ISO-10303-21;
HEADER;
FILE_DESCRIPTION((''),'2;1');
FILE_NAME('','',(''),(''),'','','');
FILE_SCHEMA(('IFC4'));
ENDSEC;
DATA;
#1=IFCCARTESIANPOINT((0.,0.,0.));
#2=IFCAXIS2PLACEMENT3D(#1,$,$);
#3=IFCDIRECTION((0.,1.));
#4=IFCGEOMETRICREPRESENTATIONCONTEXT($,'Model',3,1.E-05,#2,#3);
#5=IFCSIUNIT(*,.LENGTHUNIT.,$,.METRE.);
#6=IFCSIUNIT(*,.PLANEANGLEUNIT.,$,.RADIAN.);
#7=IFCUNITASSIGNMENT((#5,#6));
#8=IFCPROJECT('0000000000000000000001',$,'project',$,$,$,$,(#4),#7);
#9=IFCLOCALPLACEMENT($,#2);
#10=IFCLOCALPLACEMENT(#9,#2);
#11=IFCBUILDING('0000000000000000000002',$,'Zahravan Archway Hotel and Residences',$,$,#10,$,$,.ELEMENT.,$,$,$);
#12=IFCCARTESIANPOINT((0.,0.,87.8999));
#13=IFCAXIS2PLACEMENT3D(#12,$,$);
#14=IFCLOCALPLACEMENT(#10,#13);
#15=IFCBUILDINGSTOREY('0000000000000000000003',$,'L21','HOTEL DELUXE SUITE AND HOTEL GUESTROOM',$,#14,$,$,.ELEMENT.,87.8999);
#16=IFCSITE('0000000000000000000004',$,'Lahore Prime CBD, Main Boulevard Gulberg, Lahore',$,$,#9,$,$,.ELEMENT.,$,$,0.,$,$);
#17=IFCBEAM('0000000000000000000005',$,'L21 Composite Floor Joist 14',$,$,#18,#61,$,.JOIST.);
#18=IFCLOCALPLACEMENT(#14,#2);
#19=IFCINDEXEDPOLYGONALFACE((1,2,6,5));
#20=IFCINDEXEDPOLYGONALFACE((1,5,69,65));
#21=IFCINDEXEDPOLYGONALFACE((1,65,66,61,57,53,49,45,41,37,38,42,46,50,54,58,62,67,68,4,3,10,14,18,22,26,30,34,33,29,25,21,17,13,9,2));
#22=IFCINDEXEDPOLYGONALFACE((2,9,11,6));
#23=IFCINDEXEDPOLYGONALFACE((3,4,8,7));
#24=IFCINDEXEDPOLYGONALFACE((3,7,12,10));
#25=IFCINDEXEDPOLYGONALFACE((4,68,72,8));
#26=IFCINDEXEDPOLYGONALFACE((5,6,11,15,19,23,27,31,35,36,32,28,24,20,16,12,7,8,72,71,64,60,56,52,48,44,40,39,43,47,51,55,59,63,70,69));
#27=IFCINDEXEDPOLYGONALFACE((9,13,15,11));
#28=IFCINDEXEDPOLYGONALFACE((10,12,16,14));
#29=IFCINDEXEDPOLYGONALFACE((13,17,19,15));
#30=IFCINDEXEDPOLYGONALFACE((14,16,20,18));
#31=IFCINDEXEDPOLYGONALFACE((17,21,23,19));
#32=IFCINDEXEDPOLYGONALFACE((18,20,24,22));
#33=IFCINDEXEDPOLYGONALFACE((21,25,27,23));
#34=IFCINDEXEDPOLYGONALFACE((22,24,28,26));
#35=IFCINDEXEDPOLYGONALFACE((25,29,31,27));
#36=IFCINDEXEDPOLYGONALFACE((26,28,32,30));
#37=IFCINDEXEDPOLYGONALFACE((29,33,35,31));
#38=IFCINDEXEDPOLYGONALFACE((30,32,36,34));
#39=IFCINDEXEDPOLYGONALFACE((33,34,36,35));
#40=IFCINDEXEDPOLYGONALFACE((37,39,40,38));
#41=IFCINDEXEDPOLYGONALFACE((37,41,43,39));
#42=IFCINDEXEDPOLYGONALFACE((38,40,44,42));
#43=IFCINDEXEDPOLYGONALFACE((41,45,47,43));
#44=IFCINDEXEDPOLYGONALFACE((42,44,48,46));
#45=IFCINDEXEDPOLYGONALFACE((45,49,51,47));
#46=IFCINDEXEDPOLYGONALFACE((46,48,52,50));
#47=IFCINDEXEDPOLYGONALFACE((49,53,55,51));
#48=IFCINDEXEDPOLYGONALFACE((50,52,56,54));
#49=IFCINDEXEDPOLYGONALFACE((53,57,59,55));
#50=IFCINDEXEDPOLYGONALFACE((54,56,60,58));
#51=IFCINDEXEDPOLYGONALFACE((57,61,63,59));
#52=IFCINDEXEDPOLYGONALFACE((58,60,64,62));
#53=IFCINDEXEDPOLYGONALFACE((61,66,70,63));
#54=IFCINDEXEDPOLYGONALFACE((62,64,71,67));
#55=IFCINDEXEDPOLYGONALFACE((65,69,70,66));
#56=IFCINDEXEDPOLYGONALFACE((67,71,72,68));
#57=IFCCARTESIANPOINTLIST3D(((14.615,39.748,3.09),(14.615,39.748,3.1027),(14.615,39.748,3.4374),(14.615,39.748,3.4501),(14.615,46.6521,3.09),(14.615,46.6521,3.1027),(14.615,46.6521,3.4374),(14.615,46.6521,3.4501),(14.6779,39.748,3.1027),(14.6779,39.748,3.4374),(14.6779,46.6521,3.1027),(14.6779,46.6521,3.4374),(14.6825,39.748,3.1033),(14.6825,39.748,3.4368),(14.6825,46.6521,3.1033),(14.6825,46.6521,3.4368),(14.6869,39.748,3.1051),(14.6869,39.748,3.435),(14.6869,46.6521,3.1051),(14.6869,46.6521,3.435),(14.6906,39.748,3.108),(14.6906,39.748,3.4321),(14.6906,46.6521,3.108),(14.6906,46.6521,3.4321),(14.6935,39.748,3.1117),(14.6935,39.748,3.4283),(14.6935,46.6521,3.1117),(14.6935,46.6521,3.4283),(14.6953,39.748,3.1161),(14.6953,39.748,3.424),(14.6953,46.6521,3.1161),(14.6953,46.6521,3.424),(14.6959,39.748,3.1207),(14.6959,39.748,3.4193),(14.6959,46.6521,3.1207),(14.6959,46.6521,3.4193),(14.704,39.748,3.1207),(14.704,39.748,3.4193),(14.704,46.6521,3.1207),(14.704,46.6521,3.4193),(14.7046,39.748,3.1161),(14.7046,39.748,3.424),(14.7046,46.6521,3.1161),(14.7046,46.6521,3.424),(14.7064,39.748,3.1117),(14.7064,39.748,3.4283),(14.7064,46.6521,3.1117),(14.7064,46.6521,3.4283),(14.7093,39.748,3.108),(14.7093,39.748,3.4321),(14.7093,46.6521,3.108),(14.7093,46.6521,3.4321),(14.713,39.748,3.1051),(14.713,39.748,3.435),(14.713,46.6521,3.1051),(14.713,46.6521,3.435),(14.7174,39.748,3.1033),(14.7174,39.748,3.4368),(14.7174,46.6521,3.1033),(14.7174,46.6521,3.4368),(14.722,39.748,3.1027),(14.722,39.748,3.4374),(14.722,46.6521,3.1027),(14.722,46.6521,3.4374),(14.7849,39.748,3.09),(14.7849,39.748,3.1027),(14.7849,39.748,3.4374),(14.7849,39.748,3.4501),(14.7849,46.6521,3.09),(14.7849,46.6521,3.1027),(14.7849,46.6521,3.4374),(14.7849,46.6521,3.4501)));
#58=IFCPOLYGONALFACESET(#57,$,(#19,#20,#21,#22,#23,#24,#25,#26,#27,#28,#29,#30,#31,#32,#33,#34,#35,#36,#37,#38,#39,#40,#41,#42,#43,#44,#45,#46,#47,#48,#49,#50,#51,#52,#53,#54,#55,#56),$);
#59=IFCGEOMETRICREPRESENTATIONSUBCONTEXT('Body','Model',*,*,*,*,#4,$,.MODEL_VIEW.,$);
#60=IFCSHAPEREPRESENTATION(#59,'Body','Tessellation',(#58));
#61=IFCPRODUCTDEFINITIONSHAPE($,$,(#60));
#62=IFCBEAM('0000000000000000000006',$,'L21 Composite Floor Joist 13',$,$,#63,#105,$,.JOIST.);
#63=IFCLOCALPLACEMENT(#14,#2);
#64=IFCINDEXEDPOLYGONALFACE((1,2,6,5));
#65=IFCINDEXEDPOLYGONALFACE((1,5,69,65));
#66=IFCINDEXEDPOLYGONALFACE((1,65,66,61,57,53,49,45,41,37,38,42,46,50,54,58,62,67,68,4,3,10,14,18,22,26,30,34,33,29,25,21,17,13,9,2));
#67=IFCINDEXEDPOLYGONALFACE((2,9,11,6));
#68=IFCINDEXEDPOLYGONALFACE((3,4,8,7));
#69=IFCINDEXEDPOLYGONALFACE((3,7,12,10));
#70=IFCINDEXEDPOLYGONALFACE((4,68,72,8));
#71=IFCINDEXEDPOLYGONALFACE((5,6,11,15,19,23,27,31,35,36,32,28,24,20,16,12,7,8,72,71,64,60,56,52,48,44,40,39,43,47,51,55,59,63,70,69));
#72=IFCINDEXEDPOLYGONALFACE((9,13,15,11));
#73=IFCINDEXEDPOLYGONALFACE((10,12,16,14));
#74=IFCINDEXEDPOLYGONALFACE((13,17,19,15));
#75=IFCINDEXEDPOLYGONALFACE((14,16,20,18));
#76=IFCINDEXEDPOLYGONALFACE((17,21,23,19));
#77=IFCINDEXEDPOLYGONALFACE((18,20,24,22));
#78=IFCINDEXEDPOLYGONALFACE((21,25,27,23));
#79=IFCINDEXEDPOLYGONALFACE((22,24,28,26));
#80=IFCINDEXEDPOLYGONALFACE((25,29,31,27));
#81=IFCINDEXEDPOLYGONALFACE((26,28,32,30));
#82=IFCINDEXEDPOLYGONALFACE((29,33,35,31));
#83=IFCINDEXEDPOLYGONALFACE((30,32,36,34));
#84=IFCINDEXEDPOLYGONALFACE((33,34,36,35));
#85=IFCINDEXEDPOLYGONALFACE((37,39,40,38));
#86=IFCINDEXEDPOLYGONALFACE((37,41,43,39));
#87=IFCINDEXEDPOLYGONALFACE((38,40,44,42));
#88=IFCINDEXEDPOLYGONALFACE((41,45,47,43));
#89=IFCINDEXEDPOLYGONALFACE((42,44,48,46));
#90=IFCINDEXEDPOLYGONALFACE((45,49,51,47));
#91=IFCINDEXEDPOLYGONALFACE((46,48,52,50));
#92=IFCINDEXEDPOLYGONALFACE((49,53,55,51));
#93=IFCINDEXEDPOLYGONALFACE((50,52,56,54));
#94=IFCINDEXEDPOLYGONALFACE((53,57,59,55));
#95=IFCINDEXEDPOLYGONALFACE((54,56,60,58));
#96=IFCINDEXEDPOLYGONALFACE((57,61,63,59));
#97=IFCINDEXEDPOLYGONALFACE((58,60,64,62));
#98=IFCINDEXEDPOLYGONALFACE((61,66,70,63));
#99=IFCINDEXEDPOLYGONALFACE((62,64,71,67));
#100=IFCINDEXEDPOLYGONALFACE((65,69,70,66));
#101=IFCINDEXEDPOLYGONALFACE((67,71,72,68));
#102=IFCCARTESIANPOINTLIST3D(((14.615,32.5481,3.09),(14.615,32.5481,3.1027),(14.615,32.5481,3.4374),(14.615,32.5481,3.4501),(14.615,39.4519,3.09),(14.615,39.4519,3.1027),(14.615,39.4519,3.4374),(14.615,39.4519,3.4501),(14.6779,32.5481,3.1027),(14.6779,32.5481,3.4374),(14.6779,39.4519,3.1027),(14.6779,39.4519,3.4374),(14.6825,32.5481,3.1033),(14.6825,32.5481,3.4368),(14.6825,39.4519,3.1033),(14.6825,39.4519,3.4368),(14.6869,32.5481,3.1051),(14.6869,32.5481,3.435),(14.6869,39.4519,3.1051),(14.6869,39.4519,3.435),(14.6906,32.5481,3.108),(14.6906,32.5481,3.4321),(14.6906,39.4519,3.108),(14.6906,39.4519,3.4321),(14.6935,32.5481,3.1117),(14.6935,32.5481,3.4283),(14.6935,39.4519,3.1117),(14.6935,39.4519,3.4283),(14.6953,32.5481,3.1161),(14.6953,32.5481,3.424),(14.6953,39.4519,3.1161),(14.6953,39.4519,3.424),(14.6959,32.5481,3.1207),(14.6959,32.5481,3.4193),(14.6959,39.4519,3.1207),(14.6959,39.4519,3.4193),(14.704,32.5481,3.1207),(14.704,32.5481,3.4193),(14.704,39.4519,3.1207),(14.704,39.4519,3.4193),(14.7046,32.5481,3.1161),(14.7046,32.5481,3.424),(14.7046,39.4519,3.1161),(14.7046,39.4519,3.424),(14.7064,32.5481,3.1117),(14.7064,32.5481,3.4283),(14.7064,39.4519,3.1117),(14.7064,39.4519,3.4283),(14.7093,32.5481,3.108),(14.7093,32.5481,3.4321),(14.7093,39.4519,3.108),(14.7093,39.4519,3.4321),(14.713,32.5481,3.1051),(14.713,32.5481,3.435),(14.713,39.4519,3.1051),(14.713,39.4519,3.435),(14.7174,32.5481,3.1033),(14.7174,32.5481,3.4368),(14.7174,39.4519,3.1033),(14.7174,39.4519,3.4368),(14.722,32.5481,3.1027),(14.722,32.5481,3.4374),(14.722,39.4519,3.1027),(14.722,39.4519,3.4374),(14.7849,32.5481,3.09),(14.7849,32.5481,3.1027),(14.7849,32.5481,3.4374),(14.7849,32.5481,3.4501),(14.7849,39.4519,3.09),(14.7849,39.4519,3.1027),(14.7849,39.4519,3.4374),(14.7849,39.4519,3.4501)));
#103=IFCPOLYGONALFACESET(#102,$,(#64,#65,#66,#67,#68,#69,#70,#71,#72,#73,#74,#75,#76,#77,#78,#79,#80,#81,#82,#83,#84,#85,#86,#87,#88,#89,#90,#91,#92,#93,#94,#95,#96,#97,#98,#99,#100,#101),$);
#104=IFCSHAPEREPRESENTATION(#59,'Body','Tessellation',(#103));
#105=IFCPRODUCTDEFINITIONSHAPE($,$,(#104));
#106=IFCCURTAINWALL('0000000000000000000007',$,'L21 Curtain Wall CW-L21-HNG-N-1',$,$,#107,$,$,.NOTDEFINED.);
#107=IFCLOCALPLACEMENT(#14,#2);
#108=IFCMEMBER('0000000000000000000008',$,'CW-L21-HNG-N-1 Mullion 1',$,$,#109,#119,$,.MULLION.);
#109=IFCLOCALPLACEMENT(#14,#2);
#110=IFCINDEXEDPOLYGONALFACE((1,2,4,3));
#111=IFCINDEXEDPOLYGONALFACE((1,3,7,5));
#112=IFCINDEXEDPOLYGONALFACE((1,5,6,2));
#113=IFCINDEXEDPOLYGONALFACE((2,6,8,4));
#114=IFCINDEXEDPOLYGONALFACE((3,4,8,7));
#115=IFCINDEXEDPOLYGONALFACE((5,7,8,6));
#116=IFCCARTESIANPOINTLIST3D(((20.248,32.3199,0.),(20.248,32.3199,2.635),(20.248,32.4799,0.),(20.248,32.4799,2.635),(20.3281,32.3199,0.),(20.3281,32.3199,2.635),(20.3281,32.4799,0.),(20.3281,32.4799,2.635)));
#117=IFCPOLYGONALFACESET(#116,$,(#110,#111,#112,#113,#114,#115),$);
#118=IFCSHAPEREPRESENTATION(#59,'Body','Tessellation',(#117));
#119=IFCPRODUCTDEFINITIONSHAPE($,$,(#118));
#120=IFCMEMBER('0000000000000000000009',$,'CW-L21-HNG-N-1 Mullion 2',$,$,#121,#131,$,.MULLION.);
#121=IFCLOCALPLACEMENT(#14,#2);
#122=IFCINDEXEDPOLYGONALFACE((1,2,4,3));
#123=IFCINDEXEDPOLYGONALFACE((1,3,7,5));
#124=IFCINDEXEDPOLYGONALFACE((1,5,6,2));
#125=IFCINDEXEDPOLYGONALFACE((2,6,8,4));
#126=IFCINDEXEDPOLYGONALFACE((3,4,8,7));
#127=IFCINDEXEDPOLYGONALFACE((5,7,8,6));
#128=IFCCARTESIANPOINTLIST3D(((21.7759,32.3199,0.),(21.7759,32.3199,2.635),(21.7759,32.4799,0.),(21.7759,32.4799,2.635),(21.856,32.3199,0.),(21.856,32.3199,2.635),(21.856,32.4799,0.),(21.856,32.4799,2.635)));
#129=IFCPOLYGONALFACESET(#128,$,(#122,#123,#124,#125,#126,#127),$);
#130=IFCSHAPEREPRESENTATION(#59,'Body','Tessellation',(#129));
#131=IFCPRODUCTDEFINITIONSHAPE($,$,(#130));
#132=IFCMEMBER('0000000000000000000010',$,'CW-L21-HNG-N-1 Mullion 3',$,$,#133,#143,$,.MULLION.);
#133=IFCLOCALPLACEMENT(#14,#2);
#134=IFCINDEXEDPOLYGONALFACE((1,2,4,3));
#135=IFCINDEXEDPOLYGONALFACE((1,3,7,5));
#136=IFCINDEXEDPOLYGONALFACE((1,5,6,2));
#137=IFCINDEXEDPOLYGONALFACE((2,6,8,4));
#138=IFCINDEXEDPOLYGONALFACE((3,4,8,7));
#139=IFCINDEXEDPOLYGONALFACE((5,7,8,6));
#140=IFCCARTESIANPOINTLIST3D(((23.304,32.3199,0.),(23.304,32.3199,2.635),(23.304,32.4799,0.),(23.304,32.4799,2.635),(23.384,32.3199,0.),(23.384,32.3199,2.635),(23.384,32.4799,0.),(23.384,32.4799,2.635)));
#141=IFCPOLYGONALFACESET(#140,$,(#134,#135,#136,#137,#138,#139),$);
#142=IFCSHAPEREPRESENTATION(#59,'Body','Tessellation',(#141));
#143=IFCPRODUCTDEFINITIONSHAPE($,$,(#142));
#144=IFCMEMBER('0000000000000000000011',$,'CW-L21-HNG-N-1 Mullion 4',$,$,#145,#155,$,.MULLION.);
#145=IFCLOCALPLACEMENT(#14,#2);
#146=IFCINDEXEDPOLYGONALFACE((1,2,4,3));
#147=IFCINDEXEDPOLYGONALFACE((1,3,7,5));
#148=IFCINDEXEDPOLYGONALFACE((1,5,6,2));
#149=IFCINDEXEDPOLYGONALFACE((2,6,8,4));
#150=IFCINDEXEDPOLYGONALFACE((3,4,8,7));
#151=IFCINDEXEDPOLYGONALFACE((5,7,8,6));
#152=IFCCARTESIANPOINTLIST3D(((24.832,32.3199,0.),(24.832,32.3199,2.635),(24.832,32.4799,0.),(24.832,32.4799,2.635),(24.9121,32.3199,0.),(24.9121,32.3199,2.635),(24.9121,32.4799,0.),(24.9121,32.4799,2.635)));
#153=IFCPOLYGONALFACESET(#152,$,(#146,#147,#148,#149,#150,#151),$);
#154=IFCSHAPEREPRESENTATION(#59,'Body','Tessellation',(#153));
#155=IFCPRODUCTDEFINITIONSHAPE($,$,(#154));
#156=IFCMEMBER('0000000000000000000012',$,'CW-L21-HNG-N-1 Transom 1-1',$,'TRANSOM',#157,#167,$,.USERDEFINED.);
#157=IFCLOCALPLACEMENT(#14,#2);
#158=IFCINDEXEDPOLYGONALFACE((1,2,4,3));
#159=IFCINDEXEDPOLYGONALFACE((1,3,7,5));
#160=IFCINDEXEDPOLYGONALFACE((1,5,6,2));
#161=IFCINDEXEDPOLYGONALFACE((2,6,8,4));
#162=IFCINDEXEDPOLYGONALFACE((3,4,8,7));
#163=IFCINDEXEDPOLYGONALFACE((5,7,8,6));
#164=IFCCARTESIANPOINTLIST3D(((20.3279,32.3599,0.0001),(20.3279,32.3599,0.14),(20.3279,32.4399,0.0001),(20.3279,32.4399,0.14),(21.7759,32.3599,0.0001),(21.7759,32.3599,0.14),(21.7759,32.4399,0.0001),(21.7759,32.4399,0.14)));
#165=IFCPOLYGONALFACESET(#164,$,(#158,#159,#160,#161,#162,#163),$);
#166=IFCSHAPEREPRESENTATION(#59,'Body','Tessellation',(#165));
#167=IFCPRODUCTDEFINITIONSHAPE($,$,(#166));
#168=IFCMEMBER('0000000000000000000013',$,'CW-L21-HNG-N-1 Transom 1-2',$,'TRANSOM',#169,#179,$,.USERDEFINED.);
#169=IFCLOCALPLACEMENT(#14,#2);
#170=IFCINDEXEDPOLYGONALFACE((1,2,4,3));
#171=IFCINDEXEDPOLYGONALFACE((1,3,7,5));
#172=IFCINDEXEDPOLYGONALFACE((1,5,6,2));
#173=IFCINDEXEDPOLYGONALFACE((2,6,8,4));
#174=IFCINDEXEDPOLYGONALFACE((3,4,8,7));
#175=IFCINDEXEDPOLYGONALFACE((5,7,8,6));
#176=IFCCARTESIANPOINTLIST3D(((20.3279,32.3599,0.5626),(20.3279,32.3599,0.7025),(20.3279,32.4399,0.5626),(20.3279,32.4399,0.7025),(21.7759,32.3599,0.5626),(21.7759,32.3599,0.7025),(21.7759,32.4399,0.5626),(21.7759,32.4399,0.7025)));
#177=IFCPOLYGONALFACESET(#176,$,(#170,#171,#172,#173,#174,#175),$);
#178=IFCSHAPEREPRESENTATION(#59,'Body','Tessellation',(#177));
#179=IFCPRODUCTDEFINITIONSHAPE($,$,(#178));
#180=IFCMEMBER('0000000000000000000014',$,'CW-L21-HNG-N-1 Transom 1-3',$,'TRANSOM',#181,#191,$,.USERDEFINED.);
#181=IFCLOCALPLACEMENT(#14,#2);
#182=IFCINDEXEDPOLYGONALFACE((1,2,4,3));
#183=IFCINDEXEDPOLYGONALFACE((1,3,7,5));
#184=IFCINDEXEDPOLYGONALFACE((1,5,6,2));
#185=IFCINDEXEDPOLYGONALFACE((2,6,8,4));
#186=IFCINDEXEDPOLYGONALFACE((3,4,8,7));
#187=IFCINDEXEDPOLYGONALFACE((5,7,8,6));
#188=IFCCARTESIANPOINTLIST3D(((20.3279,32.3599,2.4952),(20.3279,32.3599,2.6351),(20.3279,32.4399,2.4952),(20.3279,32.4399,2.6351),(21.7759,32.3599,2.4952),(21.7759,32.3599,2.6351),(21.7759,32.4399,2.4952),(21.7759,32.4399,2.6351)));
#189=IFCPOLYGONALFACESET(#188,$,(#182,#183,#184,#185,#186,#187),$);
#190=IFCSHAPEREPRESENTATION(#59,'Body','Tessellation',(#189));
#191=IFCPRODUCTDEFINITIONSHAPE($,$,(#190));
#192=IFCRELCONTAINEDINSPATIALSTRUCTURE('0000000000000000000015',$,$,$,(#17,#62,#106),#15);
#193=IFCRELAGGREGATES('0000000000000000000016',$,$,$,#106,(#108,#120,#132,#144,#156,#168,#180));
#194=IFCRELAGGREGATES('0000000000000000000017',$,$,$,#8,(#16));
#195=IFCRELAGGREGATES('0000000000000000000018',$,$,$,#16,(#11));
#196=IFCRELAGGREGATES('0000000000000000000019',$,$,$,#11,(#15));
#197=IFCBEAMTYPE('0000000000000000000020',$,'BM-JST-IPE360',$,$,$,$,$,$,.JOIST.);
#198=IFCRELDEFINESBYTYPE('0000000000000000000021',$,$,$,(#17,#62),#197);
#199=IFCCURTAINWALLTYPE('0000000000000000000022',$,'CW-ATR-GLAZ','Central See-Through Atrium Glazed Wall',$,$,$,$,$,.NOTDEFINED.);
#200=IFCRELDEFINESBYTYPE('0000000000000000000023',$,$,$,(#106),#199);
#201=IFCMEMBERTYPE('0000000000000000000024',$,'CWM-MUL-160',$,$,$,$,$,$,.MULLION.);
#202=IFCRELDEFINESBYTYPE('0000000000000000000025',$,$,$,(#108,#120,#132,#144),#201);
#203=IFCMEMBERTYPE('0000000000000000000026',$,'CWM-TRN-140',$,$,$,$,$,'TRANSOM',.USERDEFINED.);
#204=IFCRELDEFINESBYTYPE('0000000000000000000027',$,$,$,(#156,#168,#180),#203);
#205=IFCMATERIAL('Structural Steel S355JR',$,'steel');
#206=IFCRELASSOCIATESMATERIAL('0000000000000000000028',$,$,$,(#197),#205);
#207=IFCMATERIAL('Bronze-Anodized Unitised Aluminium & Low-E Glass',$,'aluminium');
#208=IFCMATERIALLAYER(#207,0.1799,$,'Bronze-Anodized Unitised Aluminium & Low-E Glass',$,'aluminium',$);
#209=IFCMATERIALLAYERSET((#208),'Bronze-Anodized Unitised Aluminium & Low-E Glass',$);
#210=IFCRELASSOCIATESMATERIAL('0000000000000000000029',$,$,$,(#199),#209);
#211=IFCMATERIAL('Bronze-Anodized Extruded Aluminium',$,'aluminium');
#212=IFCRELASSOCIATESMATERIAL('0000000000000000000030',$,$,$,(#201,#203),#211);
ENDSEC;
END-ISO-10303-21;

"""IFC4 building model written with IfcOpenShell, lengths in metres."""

from ifc_helpers import new_model, si_unit, direction, frame, origin, origin_2d, place, context, subcontext, project, spatial, rectangle, i_section, extrude, source, transform, mapped, material, layer, layer_set, material_profile, profile_set, type_object, type_shapes, element, aggregate, save


model = new_model("IFC4")

# Units and contexts
model_context = context("Model", 3, precision=1e-05, world=origin(), true_north=direction((0.0, 1.0)))
body_context = subcontext(model_context, "Body", "Model", "MODEL_VIEW")
ifc_project = project(units=[si_unit("LENGTHUNIT", "METRE"), si_unit("PLANEANGLEUNIT", "RADIAN")], contexts=[model_context])

# Site, building, storey
site_placement = place(None, origin())
site = spatial("IfcSite", under=ifc_project, at=site_placement, Name="Lahore Prime CBD, Main Boulevard Gulberg, Lahore", CompositionType="ELEMENT", RefElevation=0.0)
building_placement = place(site_placement, origin())
building = spatial("IfcBuilding", under=site, at=building_placement, Name="Zahravan Archway Hotel and Residences", CompositionType="ELEMENT")
storey_placement = place(building_placement, frame((0.0, 0.0, 87.8999)))
storey = spatial("IfcBuildingStorey", under=building, at=storey_placement, Name="L21", Description="HOTEL DELUXE SUITE AND HOTEL GUESTROOM", CompositionType="ELEMENT", Elevation=87.8999)

# Beams
ifc_material_1 = material(Name="Structural Steel S355JR", Category="steel")
ifc_material_profile_1 = material_profile(ifc_material_1, i_section(OverallWidth=0.1699, OverallDepth=0.3601, WebThickness=0.0081, FlangeThickness=0.0127, FilletRadius=0.0181, at=origin_2d()), Name="IPE 360", Category="steel")
ifc_profile_set_1 = profile_set([ifc_material_profile_1], Name="Structural Steel S355JR")
beam_type_1 = type_object("IfcBeamType", Name="BM-JST-IPE360", PredefinedType="JOIST", material=ifc_profile_set_1)
shared_shape_1 = source(origin(), body_context, "Body", "SweptSolid", [
    extrude(i_section(OverallWidth=0.1699, OverallDepth=0.3601, WebThickness=0.0081, FlangeThickness=0.0127, FilletRadius=0.0181, at=origin_2d()), origin(), (0.0, 0.0, 1.0), 6.9041),
])
type_shapes(beam_type_1, [shared_shape_1])
beam_1_placement = place(storey_placement, frame((14.7, 39.748, 3.27), z_axis=(0.0, 1.0, 0.0), x_axis=(-1.0, 0.0, 0.0)))
element("IfcBeam", 1, at=beam_1_placement, inside=storey, type_object=beam_type_1, Name="L21 Composite Floor Joist 14", PredefinedType="JOIST", context=body_context, shape_type="MappedRepresentation", body=[
    mapped(shared_shape_1, transform((0.0, 0.0, 0.0), scale=1.0)),
])
shared_shape_2 = source(origin(), body_context, "Body", "SweptSolid", [
    extrude(i_section(OverallWidth=0.1699, OverallDepth=0.3601, WebThickness=0.0081, FlangeThickness=0.0127, FilletRadius=0.0181, at=origin_2d()), origin(), (0.0, 0.0, 1.0), 6.9038),
])
beam_2_placement = place(storey_placement, frame((14.7, 32.5481, 3.27), z_axis=(0.0, 1.0, 0.0), x_axis=(-1.0, 0.0, 0.0)))
element("IfcBeam", 2, at=beam_2_placement, inside=storey, type_object=beam_type_1, Name="L21 Composite Floor Joist 13", PredefinedType="JOIST", context=body_context, shape_type="MappedRepresentation", body=[
    mapped(shared_shape_2, transform((0.0, 0.0, 0.0), scale=1.0)),
])

# Curtain wall, members
ifc_material_2 = material(Name="Bronze-Anodized Unitised Aluminium & Low-E Glass", Category="aluminium")
ifc_layer_1 = layer(ifc_material_2, 0.1799, Name="Bronze-Anodized Unitised Aluminium & Low-E Glass", Category="aluminium")
ifc_layer_set_1 = layer_set([ifc_layer_1], Name="Bronze-Anodized Unitised Aluminium & Low-E Glass")
curtain_wall_type = type_object("IfcCurtainWallType", Name="CW-ATR-GLAZ", Description="Central See-Through Atrium Glazed Wall", PredefinedType="NOTDEFINED", material=ifc_layer_set_1)
curtain_wall_placement = place(storey_placement, origin())
curtain_wall = element("IfcCurtainWall", 3, at=curtain_wall_placement, inside=storey, type_object=curtain_wall_type, Name="L21 Curtain Wall CW-L21-HNG-N-1", PredefinedType="NOTDEFINED")
ifc_material_3 = material(Name="Bronze-Anodized Extruded Aluminium", Category="aluminium")
ifc_material_profile_2 = material_profile(ifc_material_3, rectangle(XDim=0.0801, YDim=0.1599, at=origin_2d()), Name="MUL 80x160", Category="aluminium")
ifc_profile_set_2 = profile_set([ifc_material_profile_2], Name="Bronze-Anodized Extruded Aluminium")
member_type_1 = type_object("IfcMemberType", Name="CWM-MUL-160", PredefinedType="MULLION", material=ifc_profile_set_2)
shared_shape_3 = source(origin(), body_context, "Body", "SweptSolid", [
    extrude(rectangle(XDim=0.0801, YDim=0.1599, at=origin_2d()), origin(), (0.0, 0.0, 1.0), 2.635),
])
member_1_placement = place(storey_placement, frame((20.2881, 32.3999, 0.0), z_axis=(0.0, 0.0, 1.0), x_axis=(1.0, 0.0, 0.0)))
member_1 = element("IfcMember", 4, at=member_1_placement, type_object=member_type_1, Name="CW-L21-HNG-N-1 Mullion 1", PredefinedType="MULLION", context=body_context, shape_type="MappedRepresentation", body=[
    mapped(shared_shape_3, transform((0.0, 0.0, 0.0), scale=1.0)),
])
member_2_placement = place(storey_placement, frame((21.8159, 32.3999, 0.0), z_axis=(0.0, 0.0, 1.0), x_axis=(1.0, 0.0, 0.0)))
member_2 = element("IfcMember", 5, at=member_2_placement, type_object=member_type_1, Name="CW-L21-HNG-N-1 Mullion 2", PredefinedType="MULLION", context=body_context, shape_type="MappedRepresentation", body=[
    mapped(shared_shape_3, transform((0.0, 0.0, 0.0), scale=1.0)),
])
member_3_placement = place(storey_placement, frame((23.344, 32.3999, 0.0), z_axis=(0.0, 0.0, 1.0), x_axis=(1.0, 0.0, 0.0)))
member_3 = element("IfcMember", 6, at=member_3_placement, type_object=member_type_1, Name="CW-L21-HNG-N-1 Mullion 3", PredefinedType="MULLION", context=body_context, shape_type="MappedRepresentation", body=[
    mapped(shared_shape_3, transform((0.0, 0.0, 0.0), scale=1.0)),
])
member_4_placement = place(storey_placement, frame((24.8721, 32.3999, 0.0), z_axis=(0.0, 0.0, 1.0), x_axis=(1.0, 0.0, 0.0)))
member_4 = element("IfcMember", 7, at=member_4_placement, type_object=member_type_1, Name="CW-L21-HNG-N-1 Mullion 4", PredefinedType="MULLION", context=body_context, shape_type="MappedRepresentation", body=[
    mapped(shared_shape_3, transform((0.0, 0.0, 0.0), scale=1.0)),
])
ifc_material_profile_3 = material_profile(ifc_material_3, rectangle(XDim=0.0801, YDim=0.1399, at=origin_2d()), Name="TRN 80x140", Category="aluminium")
ifc_profile_set_3 = profile_set([ifc_material_profile_3], Name="Bronze-Anodized Extruded Aluminium")
member_type_2 = type_object("IfcMemberType", Name="CWM-TRN-140", ElementType="TRANSOM", PredefinedType="USERDEFINED", material=ifc_profile_set_3)
shared_shape_4 = source(origin(), body_context, "Body", "SweptSolid", [
    extrude(rectangle(XDim=0.0801, YDim=0.1399, at=origin_2d()), origin(), (0.0, 0.0, 1.0), 1.448),
])
member_5_placement = place(storey_placement, frame((20.3279, 32.3999, 0.0701), z_axis=(1.0, 0.0, 0.0), x_axis=(0.0, 1.0, 0.0)))
member_5 = element("IfcMember", 8, at=member_5_placement, type_object=member_type_2, Name="CW-L21-HNG-N-1 Transom 1-1", ObjectType="TRANSOM", PredefinedType="USERDEFINED", context=body_context, shape_type="MappedRepresentation", body=[
    mapped(shared_shape_4, transform((0.0, 0.0, 0.0), scale=1.0)),
])
member_6_placement = place(storey_placement, frame((20.3279, 32.3999, 0.6326), z_axis=(1.0, 0.0, 0.0), x_axis=(0.0, 1.0, 0.0)))
member_6 = element("IfcMember", 9, at=member_6_placement, type_object=member_type_2, Name="CW-L21-HNG-N-1 Transom 1-2", ObjectType="TRANSOM", PredefinedType="USERDEFINED", context=body_context, shape_type="MappedRepresentation", body=[
    mapped(shared_shape_4, transform((0.0, 0.0, 0.0), scale=1.0)),
])
member_7_placement = place(storey_placement, frame((20.3279, 32.3999, 2.5652), z_axis=(1.0, 0.0, 0.0), x_axis=(0.0, 1.0, 0.0)))
member_7 = element("IfcMember", 10, at=member_7_placement, type_object=member_type_2, Name="CW-L21-HNG-N-1 Transom 1-3", ObjectType="TRANSOM", PredefinedType="USERDEFINED", context=body_context, shape_type="MappedRepresentation", body=[
    mapped(shared_shape_4, transform((0.0, 0.0, 0.0), scale=1.0)),
])
aggregate(curtain_wall, [member_1, member_2, member_3, member_4, member_5, member_6, member_7])

save(model, "model.ifc")
